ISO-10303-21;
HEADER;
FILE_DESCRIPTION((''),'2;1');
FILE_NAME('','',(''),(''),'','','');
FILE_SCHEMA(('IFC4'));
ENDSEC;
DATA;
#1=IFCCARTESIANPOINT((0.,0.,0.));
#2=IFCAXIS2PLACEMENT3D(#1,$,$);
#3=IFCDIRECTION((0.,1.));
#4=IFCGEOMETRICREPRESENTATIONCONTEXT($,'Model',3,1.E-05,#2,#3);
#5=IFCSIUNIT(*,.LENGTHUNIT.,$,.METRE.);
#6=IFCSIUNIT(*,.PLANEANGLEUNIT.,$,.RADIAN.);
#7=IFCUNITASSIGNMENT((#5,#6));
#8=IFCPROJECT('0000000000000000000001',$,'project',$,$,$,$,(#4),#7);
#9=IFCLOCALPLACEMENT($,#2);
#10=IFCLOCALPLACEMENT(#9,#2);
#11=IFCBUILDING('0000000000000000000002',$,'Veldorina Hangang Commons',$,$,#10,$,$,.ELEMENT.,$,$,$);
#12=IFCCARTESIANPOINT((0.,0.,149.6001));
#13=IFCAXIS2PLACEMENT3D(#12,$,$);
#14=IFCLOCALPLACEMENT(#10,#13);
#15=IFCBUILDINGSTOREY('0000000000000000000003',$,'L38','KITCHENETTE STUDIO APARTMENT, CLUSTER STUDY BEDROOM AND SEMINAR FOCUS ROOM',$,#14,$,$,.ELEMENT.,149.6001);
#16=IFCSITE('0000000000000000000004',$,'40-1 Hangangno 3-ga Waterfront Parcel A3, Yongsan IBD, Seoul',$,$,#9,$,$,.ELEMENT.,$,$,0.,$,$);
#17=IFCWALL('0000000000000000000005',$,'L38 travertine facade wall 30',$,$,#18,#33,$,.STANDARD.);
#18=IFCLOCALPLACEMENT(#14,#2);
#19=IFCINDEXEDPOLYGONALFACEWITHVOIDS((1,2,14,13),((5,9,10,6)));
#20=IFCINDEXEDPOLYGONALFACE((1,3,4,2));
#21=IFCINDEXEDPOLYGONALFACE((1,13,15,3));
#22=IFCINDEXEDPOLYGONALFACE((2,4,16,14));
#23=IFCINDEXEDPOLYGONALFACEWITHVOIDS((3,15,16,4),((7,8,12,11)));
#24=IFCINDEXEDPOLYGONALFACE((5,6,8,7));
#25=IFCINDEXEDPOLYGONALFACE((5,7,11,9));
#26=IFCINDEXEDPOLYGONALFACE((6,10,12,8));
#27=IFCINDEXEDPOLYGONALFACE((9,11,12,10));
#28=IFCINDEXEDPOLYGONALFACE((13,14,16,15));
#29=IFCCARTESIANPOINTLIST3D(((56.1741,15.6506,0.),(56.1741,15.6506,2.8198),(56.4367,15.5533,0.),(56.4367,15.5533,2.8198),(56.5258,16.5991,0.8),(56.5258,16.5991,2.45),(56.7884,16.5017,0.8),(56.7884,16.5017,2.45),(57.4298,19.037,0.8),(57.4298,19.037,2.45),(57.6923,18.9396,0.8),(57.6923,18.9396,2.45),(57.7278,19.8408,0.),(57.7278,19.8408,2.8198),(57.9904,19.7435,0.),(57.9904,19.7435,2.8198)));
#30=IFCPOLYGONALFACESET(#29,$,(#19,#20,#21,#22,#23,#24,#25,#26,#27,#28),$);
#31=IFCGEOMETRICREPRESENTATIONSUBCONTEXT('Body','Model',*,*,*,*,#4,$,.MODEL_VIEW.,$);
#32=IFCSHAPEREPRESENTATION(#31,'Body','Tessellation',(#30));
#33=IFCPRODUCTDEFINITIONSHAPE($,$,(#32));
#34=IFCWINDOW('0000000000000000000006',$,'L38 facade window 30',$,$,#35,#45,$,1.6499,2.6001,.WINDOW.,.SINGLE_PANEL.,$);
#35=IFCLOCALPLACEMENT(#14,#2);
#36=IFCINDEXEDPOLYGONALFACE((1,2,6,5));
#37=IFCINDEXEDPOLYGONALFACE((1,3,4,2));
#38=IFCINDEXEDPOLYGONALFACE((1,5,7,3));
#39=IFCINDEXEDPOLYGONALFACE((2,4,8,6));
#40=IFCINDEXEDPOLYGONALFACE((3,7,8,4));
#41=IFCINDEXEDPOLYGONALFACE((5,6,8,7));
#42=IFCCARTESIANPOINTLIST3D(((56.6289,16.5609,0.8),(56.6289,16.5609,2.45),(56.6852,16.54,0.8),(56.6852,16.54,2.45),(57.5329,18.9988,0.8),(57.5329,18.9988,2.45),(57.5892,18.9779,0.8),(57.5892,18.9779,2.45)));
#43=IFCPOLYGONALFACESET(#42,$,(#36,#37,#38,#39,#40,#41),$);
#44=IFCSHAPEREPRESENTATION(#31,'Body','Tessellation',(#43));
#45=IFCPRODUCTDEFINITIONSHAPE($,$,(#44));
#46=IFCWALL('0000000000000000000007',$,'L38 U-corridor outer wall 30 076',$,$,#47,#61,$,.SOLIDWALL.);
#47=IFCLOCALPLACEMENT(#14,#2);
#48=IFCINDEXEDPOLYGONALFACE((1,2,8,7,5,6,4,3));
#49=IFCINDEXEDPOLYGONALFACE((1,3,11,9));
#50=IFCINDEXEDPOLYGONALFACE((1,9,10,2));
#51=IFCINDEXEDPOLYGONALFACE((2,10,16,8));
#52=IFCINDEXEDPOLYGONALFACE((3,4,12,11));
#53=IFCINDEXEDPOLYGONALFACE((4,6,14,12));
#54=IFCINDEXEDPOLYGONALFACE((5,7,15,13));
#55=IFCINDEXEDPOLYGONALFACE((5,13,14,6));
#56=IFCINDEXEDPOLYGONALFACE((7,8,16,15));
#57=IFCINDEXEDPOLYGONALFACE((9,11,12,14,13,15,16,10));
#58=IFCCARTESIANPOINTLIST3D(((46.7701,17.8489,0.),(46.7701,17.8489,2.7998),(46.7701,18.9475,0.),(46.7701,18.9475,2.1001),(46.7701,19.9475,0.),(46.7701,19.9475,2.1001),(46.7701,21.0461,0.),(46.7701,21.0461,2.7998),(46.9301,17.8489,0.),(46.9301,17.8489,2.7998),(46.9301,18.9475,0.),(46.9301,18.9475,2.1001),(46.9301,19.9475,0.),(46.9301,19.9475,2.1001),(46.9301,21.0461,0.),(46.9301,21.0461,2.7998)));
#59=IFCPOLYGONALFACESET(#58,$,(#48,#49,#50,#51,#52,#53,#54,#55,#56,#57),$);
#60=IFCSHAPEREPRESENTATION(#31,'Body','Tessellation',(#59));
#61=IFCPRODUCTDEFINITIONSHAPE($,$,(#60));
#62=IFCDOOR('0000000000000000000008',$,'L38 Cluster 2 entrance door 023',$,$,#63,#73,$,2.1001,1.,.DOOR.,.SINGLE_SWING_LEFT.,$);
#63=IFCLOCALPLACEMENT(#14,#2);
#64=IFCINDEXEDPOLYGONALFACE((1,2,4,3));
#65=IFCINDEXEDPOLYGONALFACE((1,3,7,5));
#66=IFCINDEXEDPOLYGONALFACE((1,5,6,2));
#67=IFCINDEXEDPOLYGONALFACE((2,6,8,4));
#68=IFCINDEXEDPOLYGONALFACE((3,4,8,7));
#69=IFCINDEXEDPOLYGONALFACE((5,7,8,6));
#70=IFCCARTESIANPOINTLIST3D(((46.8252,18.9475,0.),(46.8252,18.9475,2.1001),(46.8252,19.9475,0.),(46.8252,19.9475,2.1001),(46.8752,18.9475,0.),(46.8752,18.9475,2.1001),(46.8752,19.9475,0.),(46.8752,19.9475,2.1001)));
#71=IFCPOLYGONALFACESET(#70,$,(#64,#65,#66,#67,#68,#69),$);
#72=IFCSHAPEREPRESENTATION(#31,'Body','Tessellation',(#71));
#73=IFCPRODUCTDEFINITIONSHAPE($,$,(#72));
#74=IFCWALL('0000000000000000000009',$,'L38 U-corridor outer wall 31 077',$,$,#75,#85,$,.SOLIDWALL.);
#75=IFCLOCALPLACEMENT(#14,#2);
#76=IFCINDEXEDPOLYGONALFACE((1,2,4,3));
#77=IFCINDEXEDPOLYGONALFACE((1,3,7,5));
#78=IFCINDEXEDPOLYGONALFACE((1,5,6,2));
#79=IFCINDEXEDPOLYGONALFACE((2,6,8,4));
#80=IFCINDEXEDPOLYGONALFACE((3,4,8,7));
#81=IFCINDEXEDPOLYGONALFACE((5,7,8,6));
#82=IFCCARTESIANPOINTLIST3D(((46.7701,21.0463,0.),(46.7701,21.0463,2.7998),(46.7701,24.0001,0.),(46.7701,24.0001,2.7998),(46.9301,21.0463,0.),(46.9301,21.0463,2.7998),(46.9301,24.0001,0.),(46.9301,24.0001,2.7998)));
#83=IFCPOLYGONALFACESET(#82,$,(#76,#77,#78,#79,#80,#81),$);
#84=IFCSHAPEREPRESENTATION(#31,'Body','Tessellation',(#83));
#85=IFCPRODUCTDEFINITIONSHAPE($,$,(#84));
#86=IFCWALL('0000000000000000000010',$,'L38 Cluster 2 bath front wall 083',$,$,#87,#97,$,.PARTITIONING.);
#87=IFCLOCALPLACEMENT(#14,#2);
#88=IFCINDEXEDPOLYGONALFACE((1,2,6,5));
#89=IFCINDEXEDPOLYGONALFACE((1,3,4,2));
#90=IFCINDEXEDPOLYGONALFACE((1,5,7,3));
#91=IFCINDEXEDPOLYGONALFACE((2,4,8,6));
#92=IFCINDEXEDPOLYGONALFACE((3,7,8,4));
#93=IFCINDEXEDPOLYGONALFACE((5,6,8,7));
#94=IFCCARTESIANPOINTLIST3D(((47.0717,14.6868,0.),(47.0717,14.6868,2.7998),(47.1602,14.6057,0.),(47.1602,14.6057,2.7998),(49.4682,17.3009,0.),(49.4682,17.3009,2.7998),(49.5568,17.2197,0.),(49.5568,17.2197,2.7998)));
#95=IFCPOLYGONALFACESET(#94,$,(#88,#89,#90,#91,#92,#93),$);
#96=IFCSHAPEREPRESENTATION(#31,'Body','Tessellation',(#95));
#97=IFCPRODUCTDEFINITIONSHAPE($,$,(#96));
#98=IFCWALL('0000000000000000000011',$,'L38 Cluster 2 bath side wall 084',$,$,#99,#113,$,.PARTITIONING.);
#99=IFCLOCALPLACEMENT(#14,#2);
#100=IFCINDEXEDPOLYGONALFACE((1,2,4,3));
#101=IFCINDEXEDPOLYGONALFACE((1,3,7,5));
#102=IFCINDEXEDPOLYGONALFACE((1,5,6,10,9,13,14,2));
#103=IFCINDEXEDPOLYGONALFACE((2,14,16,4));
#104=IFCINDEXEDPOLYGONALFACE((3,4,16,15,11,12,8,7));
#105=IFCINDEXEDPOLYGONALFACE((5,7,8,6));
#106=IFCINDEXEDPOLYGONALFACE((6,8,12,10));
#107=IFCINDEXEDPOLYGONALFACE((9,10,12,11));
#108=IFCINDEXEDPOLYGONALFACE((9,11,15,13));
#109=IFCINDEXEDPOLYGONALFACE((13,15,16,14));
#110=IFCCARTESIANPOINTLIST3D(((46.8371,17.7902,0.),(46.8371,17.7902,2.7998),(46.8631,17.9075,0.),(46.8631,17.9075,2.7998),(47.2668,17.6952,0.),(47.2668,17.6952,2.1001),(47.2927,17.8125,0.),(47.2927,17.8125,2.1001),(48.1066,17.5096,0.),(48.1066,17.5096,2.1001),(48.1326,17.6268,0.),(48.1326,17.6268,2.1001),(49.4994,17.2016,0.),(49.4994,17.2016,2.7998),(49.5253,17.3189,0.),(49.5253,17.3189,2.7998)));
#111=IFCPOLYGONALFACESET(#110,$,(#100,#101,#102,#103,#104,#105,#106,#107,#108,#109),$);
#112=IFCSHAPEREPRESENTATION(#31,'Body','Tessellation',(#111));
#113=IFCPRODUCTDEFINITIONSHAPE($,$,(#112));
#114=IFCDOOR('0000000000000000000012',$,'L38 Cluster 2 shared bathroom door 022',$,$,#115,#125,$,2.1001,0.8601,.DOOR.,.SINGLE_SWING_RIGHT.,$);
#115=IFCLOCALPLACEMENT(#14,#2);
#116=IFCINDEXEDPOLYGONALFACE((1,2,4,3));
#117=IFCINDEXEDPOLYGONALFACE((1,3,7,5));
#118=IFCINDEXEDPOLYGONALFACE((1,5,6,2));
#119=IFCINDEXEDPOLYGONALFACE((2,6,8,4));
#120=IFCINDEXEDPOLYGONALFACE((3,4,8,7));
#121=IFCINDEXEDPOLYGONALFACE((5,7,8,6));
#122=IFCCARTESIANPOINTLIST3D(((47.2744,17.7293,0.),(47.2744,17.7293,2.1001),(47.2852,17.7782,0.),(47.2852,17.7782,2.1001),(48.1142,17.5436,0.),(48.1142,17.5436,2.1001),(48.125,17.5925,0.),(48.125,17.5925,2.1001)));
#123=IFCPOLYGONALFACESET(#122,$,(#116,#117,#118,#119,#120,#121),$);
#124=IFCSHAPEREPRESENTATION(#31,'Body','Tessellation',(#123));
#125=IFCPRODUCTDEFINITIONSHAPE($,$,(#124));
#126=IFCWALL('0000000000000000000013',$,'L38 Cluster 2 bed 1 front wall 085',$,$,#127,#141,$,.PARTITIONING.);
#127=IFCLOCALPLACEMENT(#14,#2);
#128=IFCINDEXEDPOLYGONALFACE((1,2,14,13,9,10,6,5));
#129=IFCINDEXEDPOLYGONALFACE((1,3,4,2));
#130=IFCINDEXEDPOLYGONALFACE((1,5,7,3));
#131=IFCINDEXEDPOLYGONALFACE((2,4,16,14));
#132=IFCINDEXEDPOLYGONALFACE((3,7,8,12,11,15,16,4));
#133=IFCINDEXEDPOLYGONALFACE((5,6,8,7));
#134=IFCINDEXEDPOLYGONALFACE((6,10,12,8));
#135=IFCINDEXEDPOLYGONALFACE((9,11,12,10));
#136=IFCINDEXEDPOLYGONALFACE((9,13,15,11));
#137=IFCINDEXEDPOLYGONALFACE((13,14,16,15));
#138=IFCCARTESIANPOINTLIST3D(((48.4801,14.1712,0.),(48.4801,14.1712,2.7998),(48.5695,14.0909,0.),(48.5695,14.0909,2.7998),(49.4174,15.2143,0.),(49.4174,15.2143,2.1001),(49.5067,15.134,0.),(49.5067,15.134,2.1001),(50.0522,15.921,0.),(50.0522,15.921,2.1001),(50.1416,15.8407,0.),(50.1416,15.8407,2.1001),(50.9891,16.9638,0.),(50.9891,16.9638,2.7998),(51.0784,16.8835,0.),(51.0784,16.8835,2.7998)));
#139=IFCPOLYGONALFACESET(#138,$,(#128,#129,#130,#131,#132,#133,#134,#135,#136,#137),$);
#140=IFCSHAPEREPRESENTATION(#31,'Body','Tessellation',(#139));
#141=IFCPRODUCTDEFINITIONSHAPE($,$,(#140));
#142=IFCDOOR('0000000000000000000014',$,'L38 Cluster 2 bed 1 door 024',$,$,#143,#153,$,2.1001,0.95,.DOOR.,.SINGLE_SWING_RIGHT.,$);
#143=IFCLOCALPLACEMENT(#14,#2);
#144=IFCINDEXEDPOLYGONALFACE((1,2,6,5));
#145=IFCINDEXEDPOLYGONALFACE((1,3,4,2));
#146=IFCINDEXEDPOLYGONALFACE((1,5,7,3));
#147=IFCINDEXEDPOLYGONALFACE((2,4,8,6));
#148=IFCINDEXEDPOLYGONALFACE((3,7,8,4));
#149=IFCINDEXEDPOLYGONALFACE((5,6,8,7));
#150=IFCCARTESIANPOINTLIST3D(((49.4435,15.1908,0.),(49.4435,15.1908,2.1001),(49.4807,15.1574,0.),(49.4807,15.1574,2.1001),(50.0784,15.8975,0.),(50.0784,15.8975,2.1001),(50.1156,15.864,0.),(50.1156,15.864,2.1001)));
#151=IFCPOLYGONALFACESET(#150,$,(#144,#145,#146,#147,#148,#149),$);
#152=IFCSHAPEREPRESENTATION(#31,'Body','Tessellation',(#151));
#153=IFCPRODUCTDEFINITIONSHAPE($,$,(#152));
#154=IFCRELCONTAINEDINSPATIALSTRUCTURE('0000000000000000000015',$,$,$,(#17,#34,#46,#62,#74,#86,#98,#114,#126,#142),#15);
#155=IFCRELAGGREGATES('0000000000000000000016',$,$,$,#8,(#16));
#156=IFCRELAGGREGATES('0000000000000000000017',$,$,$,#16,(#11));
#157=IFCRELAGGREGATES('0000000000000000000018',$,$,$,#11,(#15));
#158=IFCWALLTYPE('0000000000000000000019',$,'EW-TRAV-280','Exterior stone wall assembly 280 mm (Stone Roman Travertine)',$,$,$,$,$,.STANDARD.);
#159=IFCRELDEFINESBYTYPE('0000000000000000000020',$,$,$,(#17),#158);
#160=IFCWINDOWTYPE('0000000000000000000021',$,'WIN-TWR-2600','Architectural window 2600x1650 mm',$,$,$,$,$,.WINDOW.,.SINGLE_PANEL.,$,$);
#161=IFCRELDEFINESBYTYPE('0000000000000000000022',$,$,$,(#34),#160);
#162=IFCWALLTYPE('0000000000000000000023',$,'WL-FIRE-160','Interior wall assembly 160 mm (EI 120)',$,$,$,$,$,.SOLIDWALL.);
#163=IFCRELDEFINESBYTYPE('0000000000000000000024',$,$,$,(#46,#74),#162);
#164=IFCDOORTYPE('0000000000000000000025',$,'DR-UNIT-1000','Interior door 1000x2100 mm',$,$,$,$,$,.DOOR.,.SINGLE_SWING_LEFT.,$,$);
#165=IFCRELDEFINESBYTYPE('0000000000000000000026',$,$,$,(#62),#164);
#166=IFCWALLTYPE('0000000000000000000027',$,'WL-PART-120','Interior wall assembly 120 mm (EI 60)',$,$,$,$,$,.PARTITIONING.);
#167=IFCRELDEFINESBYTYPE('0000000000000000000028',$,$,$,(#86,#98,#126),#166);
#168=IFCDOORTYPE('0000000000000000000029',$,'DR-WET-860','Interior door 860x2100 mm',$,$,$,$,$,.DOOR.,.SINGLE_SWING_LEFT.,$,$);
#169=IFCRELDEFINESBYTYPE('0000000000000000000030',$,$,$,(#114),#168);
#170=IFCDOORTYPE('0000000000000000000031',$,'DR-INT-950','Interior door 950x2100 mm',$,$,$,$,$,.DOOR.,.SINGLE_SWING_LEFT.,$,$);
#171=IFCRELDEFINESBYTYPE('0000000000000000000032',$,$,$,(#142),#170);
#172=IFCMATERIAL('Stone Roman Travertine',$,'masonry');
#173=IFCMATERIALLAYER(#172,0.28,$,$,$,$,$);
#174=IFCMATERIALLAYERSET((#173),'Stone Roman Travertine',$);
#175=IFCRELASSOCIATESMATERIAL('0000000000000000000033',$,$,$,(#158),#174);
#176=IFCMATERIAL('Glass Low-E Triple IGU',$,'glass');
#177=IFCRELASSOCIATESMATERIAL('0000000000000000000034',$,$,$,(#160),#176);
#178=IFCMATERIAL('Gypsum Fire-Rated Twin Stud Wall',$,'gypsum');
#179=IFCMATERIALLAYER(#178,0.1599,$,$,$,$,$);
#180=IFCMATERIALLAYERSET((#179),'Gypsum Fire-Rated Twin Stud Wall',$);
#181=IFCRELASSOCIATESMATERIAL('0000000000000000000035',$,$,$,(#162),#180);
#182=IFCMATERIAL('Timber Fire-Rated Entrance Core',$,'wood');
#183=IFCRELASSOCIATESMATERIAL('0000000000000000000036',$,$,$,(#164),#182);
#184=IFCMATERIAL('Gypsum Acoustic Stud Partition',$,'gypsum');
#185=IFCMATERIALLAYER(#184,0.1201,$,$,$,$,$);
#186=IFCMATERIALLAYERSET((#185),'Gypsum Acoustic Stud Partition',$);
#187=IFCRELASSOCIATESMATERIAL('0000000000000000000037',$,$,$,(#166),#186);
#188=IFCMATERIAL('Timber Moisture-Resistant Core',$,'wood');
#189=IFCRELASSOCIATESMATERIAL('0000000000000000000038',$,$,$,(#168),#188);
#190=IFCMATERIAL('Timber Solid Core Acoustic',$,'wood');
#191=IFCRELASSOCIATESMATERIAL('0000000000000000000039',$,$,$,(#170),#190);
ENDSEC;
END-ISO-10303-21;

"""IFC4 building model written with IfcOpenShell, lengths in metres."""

from ifc_helpers import new_model, si_unit, direction, frame, frame_2d, origin, place, context, subcontext, project, spatial, rectangle, extrude, material, layer, layer_set, type_object, element, fill, save


model = new_model("IFC4")

# Units and contexts
model_context = context("Model", 3, precision=1e-05, world=origin(), true_north=direction((0.0, 1.0)))
body_context = subcontext(model_context, "Body", "Model", "MODEL_VIEW")
ifc_project = project(units=[si_unit("LENGTHUNIT", "METRE"), si_unit("PLANEANGLEUNIT", "RADIAN")], contexts=[model_context])

# Site, building, storey
site_placement = place(None, origin())
site = spatial("IfcSite", under=ifc_project, at=site_placement, Name="40-1 Hangangno 3-ga Waterfront Parcel A3, Yongsan IBD, Seoul", CompositionType="ELEMENT", RefElevation=0.0)
building_placement = place(site_placement, origin())
building = spatial("IfcBuilding", under=site, at=building_placement, Name="Veldorina Hangang Commons", CompositionType="ELEMENT")
storey_placement = place(building_placement, frame((0.0, 0.0, 149.6001)))
storey = spatial("IfcBuildingStorey", under=building, at=storey_placement, Name="L38", Description="KITCHENETTE STUDIO APARTMENT, CLUSTER STUDY BEDROOM AND SEMINAR FOCUS ROOM", CompositionType="ELEMENT", Elevation=149.6001)

# Shared definitions
ifc_material_1 = material(Name="Glass Low-E Triple IGU", Category="glass")

# Shared definitions
ifc_material_2 = material(Name="Stone Roman Travertine", Category="masonry")

# Wall, opening, window
ifc_layer_1 = layer(ifc_material_2, 0.28)
ifc_layer_set_1 = layer_set([ifc_layer_1], Name="Stone Roman Travertine")
wall_type_1 = type_object("IfcWallType", Name="EW-TRAV-280", Description="Exterior stone wall assembly 280 mm (Stone Roman Travertine)", PredefinedType="STANDARD", material=ifc_layer_set_1)
wall_1_placement = place(storey_placement, frame((56.3054, 15.6021, 0.0), z_axis=(0.0, 0.0, 1.0), x_axis=(0.347667, 0.937618, 0.0)))
wall_1 = element("IfcWall", 1, at=wall_1_placement, inside=storey, type_object=wall_type_1, Name="L38 travertine facade wall 30", PredefinedType="STANDARD", context=body_context, shape_type="SweptSolid", body=[
    extrude(rectangle(XDim=4.469, YDim=0.28, at=frame_2d((2.2344, 0.0))), origin(), (0.0, 0.0, 1.0), 2.8198),
])
opening_1_placement = place(wall_1_placement, frame((1.0115, 0.0, 0.8)))
opening_1 = element("IfcOpeningElement", 2, at=opening_1_placement, cuts=wall_1, PredefinedType="OPENING", context=body_context, shape_type="SweptSolid", body=[
    extrude(rectangle(XDim=2.6001, YDim=1.6499, at=frame_2d((1.3, 0.825))), frame((0.0, 0.1499, 0.0), z_axis=(0.0, -1.0, 0.0), x_axis=(1.0, 0.0, 0.0)), (0.0, 0.0, 1.0), 0.3),
])
window_type = type_object("IfcWindowType", Name="WIN-TWR-2600", Description="Architectural window 2600x1650 mm", PartitioningType="SINGLE_PANEL", PredefinedType="WINDOW", material=ifc_material_1)
window_placement = place(opening_1_placement, origin())
window = element("IfcWindow", 3, at=window_placement, inside=storey, type_object=window_type, Name="L38 facade window 30", OverallHeight=1.6499, OverallWidth=2.6001, PartitioningType="SINGLE_PANEL", PredefinedType="WINDOW", context=body_context, shape_type="SweptSolid", body=[
    extrude(rectangle(XDim=2.6001, YDim=1.6499, at=frame_2d((1.3, 0.825))), frame((0.0, 0.03, 0.0), z_axis=(0.0, -1.0, 0.0), x_axis=(1.0, 0.0, 0.0)), (0.0, 0.0, 1.0), 0.0601),
])
fill(opening_1, window)

# Wall, opening, door
ifc_material_3 = material(Name="Gypsum Fire-Rated Twin Stud Wall", Category="gypsum")
ifc_layer_2 = layer(ifc_material_3, 0.1599)
ifc_layer_set_2 = layer_set([ifc_layer_2], Name="Gypsum Fire-Rated Twin Stud Wall")
wall_type_2 = type_object("IfcWallType", Name="WL-FIRE-160", Description="Interior wall assembly 160 mm (EI 120)", PredefinedType="SOLIDWALL", material=ifc_layer_set_2)
wall_2_placement = place(storey_placement, frame((46.8501, 17.8489, 0.0), z_axis=(0.0, 0.0, 1.0), x_axis=(0.0, 1.0, 0.0)))
wall_2 = element("IfcWall", 4, at=wall_2_placement, inside=storey, type_object=wall_type_2, Name="L38 U-corridor outer wall 30 076", PredefinedType="SOLIDWALL", context=body_context, shape_type="SweptSolid", body=[
    extrude(rectangle(XDim=3.1973, YDim=0.1599, at=frame_2d((1.5986, 0.0))), origin(), (0.0, 0.0, 1.0), 2.7998),
])
opening_2_placement = place(wall_2_placement, frame((1.0986, 0.0, 0.0)))
opening_2 = element("IfcOpeningElement", 5, at=opening_2_placement, cuts=wall_2, PredefinedType="OPENING", context=body_context, shape_type="SweptSolid", body=[
    extrude(rectangle(XDim=1.0, YDim=2.1001, at=frame_2d((0.5, 1.05))), frame((0.0, 0.0898, 0.0), z_axis=(0.0, -1.0, 0.0), x_axis=(1.0, 0.0, 0.0)), (0.0, 0.0, 1.0), 0.1799),
])
ifc_material_4 = material(Name="Timber Fire-Rated Entrance Core", Category="wood")
door_type_1 = type_object("IfcDoorType", Name="DR-UNIT-1000", Description="Interior door 1000x2100 mm", OperationType="SINGLE_SWING_LEFT", PredefinedType="DOOR", material=ifc_material_4)
door_1_placement = place(opening_2_placement, origin())
door_1 = element("IfcDoor", 6, at=door_1_placement, inside=storey, type_object=door_type_1, Name="L38 Cluster 2 entrance door 023", OperationType="SINGLE_SWING_LEFT", OverallHeight=2.1001, OverallWidth=1.0, PredefinedType="DOOR", context=body_context, shape_type="SweptSolid", body=[
    extrude(rectangle(XDim=1.0, YDim=2.1001, at=frame_2d((0.5, 1.05))), frame((0.0, 0.0249, 0.0), z_axis=(0.0, -1.0, 0.0), x_axis=(1.0, 0.0, 0.0)), (0.0, 0.0, 1.0), 0.05),
])
fill(opening_2, door_1)

# Walls
wall_3_placement = place(storey_placement, frame((46.8501, 21.0461, 0.0), z_axis=(0.0, 0.0, 1.0), x_axis=(0.0, 1.0, 0.0)))
element("IfcWall", 7, at=wall_3_placement, inside=storey, type_object=wall_type_2, Name="L38 U-corridor outer wall 31 077", PredefinedType="SOLIDWALL", context=body_context, shape_type="SweptSolid", body=[
    extrude(rectangle(XDim=2.9539, YDim=0.1599, at=frame_2d((1.4771, 0.0))), origin(), (0.0, 0.0, 1.0), 2.7998),
])
ifc_material_5 = material(Name="Gypsum Acoustic Stud Partition", Category="gypsum")
ifc_layer_3 = layer(ifc_material_5, 0.1201)
ifc_layer_set_3 = layer_set([ifc_layer_3], Name="Gypsum Acoustic Stud Partition")
wall_type_3 = type_object("IfcWallType", Name="WL-PART-120", Description="Interior wall assembly 120 mm (EI 60)", PredefinedType="PARTITIONING", material=ifc_layer_set_3)
wall_4_placement = place(storey_placement, frame((47.116, 14.6462, 0.0), z_axis=(0.0, 0.0, 1.0), x_axis=(0.675771, 0.737111, 0.0)))
element("IfcWall", 8, at=wall_4_placement, inside=storey, type_object=wall_type_3, Name="L38 Cluster 2 bath front wall 083", PredefinedType="PARTITIONING", context=body_context, shape_type="SweptSolid", body=[
    extrude(rectangle(XDim=3.5464, YDim=0.1201, at=frame_2d((1.7732, 0.0))), origin(), (0.0, 0.0, 1.0), 2.7998),
])

# Walls, openings, doors
wall_5_placement = place(storey_placement, frame((46.8501, 17.8489, 0.0), z_axis=(0.0, 0.0, 1.0), x_axis=(0.97642, -0.215878, 0.0)))
wall_5 = element("IfcWall", 9, at=wall_5_placement, inside=storey, type_object=wall_type_3, Name="L38 Cluster 2 bath side wall 084", PredefinedType="PARTITIONING", context=body_context, shape_type="SweptSolid", body=[
    extrude(rectangle(XDim=2.7266, YDim=0.1201, at=frame_2d((1.3633, 0.0))), origin(), (0.0, 0.0, 1.0), 2.7998),
])
opening_3_placement = place(wall_5_placement, frame((0.4399, 0.0, 0.0)))
opening_3 = element("IfcOpeningElement", 10, at=opening_3_placement, cuts=wall_5, PredefinedType="OPENING", context=body_context, shape_type="SweptSolid", body=[
    extrude(rectangle(XDim=0.8601, YDim=2.1001, at=frame_2d((0.4302, 1.05))), frame((0.0, 0.0701, 0.0), z_axis=(0.0, -1.0, 0.0), x_axis=(1.0, 0.0, 0.0)), (0.0, 0.0, 1.0), 0.1401),
])
ifc_material_6 = material(Name="Timber Moisture-Resistant Core", Category="wood")
door_type_2 = type_object("IfcDoorType", Name="DR-WET-860", Description="Interior door 860x2100 mm", OperationType="SINGLE_SWING_LEFT", PredefinedType="DOOR", material=ifc_material_6)
door_2_placement = place(opening_3_placement, origin())
door_2 = element("IfcDoor", 11, at=door_2_placement, inside=storey, type_object=door_type_2, Name="L38 Cluster 2 shared bathroom door 022", OperationType="SINGLE_SWING_RIGHT", OverallHeight=2.1001, OverallWidth=0.8601, PredefinedType="DOOR", context=body_context, shape_type="SweptSolid", body=[
    extrude(rectangle(XDim=0.8601, YDim=2.1001, at=frame_2d((0.4302, 1.05))), frame((0.0, 0.0249, 0.0), z_axis=(0.0, -1.0, 0.0), x_axis=(1.0, 0.0, 0.0)), (0.0, 0.0, 1.0), 0.05),
])
fill(opening_3, door_2)
wall_6_placement = place(storey_placement, frame((48.5249, 14.1311, 0.0), z_axis=(0.0, 0.0, 1.0), x_axis=(0.668314, 0.743879, 0.0)))
wall_6 = element("IfcWall", 12, at=wall_6_placement, inside=storey, type_object=wall_type_3, Name="L38 Cluster 2 bed 1 front wall 085", PredefinedType="PARTITIONING", context=body_context, shape_type="SweptSolid", body=[
    extrude(rectangle(XDim=3.7542, YDim=0.1201, at=frame_2d((1.877, 0.0))), origin(), (0.0, 0.0, 1.0), 2.7998),
])
opening_4_placement = place(wall_6_placement, frame((1.4021, 0.0, 0.0)))
opening_4 = element("IfcOpeningElement", 13, at=opening_4_placement, cuts=wall_6, PredefinedType="OPENING", context=body_context, shape_type="SweptSolid", body=[
    extrude(rectangle(XDim=0.95, YDim=2.1001, at=frame_2d((0.4751, 1.05))), frame((0.0, 0.0701, 0.0), z_axis=(0.0, -1.0, 0.0), x_axis=(1.0, 0.0, 0.0)), (0.0, 0.0, 1.0), 0.1401),
])
ifc_material_7 = material(Name="Timber Solid Core Acoustic", Category="wood")
door_type_3 = type_object("IfcDoorType", Name="DR-INT-950", Description="Interior door 950x2100 mm", OperationType="SINGLE_SWING_LEFT", PredefinedType="DOOR", material=ifc_material_7)
door_3_placement = place(opening_4_placement, origin())
door_3 = element("IfcDoor", 14, at=door_3_placement, inside=storey, type_object=door_type_3, Name="L38 Cluster 2 bed 1 door 024", OperationType="SINGLE_SWING_RIGHT", OverallHeight=2.1001, OverallWidth=0.95, PredefinedType="DOOR", context=body_context, shape_type="SweptSolid", body=[
    extrude(rectangle(XDim=0.95, YDim=2.1001, at=frame_2d((0.4751, 1.05))), frame((0.0, 0.0249, 0.0), z_axis=(0.0, -1.0, 0.0), x_axis=(1.0, 0.0, 0.0)), (0.0, 0.0, 1.0), 0.05),
])
fill(opening_4, door_3)

save(model, "model.ifc")
